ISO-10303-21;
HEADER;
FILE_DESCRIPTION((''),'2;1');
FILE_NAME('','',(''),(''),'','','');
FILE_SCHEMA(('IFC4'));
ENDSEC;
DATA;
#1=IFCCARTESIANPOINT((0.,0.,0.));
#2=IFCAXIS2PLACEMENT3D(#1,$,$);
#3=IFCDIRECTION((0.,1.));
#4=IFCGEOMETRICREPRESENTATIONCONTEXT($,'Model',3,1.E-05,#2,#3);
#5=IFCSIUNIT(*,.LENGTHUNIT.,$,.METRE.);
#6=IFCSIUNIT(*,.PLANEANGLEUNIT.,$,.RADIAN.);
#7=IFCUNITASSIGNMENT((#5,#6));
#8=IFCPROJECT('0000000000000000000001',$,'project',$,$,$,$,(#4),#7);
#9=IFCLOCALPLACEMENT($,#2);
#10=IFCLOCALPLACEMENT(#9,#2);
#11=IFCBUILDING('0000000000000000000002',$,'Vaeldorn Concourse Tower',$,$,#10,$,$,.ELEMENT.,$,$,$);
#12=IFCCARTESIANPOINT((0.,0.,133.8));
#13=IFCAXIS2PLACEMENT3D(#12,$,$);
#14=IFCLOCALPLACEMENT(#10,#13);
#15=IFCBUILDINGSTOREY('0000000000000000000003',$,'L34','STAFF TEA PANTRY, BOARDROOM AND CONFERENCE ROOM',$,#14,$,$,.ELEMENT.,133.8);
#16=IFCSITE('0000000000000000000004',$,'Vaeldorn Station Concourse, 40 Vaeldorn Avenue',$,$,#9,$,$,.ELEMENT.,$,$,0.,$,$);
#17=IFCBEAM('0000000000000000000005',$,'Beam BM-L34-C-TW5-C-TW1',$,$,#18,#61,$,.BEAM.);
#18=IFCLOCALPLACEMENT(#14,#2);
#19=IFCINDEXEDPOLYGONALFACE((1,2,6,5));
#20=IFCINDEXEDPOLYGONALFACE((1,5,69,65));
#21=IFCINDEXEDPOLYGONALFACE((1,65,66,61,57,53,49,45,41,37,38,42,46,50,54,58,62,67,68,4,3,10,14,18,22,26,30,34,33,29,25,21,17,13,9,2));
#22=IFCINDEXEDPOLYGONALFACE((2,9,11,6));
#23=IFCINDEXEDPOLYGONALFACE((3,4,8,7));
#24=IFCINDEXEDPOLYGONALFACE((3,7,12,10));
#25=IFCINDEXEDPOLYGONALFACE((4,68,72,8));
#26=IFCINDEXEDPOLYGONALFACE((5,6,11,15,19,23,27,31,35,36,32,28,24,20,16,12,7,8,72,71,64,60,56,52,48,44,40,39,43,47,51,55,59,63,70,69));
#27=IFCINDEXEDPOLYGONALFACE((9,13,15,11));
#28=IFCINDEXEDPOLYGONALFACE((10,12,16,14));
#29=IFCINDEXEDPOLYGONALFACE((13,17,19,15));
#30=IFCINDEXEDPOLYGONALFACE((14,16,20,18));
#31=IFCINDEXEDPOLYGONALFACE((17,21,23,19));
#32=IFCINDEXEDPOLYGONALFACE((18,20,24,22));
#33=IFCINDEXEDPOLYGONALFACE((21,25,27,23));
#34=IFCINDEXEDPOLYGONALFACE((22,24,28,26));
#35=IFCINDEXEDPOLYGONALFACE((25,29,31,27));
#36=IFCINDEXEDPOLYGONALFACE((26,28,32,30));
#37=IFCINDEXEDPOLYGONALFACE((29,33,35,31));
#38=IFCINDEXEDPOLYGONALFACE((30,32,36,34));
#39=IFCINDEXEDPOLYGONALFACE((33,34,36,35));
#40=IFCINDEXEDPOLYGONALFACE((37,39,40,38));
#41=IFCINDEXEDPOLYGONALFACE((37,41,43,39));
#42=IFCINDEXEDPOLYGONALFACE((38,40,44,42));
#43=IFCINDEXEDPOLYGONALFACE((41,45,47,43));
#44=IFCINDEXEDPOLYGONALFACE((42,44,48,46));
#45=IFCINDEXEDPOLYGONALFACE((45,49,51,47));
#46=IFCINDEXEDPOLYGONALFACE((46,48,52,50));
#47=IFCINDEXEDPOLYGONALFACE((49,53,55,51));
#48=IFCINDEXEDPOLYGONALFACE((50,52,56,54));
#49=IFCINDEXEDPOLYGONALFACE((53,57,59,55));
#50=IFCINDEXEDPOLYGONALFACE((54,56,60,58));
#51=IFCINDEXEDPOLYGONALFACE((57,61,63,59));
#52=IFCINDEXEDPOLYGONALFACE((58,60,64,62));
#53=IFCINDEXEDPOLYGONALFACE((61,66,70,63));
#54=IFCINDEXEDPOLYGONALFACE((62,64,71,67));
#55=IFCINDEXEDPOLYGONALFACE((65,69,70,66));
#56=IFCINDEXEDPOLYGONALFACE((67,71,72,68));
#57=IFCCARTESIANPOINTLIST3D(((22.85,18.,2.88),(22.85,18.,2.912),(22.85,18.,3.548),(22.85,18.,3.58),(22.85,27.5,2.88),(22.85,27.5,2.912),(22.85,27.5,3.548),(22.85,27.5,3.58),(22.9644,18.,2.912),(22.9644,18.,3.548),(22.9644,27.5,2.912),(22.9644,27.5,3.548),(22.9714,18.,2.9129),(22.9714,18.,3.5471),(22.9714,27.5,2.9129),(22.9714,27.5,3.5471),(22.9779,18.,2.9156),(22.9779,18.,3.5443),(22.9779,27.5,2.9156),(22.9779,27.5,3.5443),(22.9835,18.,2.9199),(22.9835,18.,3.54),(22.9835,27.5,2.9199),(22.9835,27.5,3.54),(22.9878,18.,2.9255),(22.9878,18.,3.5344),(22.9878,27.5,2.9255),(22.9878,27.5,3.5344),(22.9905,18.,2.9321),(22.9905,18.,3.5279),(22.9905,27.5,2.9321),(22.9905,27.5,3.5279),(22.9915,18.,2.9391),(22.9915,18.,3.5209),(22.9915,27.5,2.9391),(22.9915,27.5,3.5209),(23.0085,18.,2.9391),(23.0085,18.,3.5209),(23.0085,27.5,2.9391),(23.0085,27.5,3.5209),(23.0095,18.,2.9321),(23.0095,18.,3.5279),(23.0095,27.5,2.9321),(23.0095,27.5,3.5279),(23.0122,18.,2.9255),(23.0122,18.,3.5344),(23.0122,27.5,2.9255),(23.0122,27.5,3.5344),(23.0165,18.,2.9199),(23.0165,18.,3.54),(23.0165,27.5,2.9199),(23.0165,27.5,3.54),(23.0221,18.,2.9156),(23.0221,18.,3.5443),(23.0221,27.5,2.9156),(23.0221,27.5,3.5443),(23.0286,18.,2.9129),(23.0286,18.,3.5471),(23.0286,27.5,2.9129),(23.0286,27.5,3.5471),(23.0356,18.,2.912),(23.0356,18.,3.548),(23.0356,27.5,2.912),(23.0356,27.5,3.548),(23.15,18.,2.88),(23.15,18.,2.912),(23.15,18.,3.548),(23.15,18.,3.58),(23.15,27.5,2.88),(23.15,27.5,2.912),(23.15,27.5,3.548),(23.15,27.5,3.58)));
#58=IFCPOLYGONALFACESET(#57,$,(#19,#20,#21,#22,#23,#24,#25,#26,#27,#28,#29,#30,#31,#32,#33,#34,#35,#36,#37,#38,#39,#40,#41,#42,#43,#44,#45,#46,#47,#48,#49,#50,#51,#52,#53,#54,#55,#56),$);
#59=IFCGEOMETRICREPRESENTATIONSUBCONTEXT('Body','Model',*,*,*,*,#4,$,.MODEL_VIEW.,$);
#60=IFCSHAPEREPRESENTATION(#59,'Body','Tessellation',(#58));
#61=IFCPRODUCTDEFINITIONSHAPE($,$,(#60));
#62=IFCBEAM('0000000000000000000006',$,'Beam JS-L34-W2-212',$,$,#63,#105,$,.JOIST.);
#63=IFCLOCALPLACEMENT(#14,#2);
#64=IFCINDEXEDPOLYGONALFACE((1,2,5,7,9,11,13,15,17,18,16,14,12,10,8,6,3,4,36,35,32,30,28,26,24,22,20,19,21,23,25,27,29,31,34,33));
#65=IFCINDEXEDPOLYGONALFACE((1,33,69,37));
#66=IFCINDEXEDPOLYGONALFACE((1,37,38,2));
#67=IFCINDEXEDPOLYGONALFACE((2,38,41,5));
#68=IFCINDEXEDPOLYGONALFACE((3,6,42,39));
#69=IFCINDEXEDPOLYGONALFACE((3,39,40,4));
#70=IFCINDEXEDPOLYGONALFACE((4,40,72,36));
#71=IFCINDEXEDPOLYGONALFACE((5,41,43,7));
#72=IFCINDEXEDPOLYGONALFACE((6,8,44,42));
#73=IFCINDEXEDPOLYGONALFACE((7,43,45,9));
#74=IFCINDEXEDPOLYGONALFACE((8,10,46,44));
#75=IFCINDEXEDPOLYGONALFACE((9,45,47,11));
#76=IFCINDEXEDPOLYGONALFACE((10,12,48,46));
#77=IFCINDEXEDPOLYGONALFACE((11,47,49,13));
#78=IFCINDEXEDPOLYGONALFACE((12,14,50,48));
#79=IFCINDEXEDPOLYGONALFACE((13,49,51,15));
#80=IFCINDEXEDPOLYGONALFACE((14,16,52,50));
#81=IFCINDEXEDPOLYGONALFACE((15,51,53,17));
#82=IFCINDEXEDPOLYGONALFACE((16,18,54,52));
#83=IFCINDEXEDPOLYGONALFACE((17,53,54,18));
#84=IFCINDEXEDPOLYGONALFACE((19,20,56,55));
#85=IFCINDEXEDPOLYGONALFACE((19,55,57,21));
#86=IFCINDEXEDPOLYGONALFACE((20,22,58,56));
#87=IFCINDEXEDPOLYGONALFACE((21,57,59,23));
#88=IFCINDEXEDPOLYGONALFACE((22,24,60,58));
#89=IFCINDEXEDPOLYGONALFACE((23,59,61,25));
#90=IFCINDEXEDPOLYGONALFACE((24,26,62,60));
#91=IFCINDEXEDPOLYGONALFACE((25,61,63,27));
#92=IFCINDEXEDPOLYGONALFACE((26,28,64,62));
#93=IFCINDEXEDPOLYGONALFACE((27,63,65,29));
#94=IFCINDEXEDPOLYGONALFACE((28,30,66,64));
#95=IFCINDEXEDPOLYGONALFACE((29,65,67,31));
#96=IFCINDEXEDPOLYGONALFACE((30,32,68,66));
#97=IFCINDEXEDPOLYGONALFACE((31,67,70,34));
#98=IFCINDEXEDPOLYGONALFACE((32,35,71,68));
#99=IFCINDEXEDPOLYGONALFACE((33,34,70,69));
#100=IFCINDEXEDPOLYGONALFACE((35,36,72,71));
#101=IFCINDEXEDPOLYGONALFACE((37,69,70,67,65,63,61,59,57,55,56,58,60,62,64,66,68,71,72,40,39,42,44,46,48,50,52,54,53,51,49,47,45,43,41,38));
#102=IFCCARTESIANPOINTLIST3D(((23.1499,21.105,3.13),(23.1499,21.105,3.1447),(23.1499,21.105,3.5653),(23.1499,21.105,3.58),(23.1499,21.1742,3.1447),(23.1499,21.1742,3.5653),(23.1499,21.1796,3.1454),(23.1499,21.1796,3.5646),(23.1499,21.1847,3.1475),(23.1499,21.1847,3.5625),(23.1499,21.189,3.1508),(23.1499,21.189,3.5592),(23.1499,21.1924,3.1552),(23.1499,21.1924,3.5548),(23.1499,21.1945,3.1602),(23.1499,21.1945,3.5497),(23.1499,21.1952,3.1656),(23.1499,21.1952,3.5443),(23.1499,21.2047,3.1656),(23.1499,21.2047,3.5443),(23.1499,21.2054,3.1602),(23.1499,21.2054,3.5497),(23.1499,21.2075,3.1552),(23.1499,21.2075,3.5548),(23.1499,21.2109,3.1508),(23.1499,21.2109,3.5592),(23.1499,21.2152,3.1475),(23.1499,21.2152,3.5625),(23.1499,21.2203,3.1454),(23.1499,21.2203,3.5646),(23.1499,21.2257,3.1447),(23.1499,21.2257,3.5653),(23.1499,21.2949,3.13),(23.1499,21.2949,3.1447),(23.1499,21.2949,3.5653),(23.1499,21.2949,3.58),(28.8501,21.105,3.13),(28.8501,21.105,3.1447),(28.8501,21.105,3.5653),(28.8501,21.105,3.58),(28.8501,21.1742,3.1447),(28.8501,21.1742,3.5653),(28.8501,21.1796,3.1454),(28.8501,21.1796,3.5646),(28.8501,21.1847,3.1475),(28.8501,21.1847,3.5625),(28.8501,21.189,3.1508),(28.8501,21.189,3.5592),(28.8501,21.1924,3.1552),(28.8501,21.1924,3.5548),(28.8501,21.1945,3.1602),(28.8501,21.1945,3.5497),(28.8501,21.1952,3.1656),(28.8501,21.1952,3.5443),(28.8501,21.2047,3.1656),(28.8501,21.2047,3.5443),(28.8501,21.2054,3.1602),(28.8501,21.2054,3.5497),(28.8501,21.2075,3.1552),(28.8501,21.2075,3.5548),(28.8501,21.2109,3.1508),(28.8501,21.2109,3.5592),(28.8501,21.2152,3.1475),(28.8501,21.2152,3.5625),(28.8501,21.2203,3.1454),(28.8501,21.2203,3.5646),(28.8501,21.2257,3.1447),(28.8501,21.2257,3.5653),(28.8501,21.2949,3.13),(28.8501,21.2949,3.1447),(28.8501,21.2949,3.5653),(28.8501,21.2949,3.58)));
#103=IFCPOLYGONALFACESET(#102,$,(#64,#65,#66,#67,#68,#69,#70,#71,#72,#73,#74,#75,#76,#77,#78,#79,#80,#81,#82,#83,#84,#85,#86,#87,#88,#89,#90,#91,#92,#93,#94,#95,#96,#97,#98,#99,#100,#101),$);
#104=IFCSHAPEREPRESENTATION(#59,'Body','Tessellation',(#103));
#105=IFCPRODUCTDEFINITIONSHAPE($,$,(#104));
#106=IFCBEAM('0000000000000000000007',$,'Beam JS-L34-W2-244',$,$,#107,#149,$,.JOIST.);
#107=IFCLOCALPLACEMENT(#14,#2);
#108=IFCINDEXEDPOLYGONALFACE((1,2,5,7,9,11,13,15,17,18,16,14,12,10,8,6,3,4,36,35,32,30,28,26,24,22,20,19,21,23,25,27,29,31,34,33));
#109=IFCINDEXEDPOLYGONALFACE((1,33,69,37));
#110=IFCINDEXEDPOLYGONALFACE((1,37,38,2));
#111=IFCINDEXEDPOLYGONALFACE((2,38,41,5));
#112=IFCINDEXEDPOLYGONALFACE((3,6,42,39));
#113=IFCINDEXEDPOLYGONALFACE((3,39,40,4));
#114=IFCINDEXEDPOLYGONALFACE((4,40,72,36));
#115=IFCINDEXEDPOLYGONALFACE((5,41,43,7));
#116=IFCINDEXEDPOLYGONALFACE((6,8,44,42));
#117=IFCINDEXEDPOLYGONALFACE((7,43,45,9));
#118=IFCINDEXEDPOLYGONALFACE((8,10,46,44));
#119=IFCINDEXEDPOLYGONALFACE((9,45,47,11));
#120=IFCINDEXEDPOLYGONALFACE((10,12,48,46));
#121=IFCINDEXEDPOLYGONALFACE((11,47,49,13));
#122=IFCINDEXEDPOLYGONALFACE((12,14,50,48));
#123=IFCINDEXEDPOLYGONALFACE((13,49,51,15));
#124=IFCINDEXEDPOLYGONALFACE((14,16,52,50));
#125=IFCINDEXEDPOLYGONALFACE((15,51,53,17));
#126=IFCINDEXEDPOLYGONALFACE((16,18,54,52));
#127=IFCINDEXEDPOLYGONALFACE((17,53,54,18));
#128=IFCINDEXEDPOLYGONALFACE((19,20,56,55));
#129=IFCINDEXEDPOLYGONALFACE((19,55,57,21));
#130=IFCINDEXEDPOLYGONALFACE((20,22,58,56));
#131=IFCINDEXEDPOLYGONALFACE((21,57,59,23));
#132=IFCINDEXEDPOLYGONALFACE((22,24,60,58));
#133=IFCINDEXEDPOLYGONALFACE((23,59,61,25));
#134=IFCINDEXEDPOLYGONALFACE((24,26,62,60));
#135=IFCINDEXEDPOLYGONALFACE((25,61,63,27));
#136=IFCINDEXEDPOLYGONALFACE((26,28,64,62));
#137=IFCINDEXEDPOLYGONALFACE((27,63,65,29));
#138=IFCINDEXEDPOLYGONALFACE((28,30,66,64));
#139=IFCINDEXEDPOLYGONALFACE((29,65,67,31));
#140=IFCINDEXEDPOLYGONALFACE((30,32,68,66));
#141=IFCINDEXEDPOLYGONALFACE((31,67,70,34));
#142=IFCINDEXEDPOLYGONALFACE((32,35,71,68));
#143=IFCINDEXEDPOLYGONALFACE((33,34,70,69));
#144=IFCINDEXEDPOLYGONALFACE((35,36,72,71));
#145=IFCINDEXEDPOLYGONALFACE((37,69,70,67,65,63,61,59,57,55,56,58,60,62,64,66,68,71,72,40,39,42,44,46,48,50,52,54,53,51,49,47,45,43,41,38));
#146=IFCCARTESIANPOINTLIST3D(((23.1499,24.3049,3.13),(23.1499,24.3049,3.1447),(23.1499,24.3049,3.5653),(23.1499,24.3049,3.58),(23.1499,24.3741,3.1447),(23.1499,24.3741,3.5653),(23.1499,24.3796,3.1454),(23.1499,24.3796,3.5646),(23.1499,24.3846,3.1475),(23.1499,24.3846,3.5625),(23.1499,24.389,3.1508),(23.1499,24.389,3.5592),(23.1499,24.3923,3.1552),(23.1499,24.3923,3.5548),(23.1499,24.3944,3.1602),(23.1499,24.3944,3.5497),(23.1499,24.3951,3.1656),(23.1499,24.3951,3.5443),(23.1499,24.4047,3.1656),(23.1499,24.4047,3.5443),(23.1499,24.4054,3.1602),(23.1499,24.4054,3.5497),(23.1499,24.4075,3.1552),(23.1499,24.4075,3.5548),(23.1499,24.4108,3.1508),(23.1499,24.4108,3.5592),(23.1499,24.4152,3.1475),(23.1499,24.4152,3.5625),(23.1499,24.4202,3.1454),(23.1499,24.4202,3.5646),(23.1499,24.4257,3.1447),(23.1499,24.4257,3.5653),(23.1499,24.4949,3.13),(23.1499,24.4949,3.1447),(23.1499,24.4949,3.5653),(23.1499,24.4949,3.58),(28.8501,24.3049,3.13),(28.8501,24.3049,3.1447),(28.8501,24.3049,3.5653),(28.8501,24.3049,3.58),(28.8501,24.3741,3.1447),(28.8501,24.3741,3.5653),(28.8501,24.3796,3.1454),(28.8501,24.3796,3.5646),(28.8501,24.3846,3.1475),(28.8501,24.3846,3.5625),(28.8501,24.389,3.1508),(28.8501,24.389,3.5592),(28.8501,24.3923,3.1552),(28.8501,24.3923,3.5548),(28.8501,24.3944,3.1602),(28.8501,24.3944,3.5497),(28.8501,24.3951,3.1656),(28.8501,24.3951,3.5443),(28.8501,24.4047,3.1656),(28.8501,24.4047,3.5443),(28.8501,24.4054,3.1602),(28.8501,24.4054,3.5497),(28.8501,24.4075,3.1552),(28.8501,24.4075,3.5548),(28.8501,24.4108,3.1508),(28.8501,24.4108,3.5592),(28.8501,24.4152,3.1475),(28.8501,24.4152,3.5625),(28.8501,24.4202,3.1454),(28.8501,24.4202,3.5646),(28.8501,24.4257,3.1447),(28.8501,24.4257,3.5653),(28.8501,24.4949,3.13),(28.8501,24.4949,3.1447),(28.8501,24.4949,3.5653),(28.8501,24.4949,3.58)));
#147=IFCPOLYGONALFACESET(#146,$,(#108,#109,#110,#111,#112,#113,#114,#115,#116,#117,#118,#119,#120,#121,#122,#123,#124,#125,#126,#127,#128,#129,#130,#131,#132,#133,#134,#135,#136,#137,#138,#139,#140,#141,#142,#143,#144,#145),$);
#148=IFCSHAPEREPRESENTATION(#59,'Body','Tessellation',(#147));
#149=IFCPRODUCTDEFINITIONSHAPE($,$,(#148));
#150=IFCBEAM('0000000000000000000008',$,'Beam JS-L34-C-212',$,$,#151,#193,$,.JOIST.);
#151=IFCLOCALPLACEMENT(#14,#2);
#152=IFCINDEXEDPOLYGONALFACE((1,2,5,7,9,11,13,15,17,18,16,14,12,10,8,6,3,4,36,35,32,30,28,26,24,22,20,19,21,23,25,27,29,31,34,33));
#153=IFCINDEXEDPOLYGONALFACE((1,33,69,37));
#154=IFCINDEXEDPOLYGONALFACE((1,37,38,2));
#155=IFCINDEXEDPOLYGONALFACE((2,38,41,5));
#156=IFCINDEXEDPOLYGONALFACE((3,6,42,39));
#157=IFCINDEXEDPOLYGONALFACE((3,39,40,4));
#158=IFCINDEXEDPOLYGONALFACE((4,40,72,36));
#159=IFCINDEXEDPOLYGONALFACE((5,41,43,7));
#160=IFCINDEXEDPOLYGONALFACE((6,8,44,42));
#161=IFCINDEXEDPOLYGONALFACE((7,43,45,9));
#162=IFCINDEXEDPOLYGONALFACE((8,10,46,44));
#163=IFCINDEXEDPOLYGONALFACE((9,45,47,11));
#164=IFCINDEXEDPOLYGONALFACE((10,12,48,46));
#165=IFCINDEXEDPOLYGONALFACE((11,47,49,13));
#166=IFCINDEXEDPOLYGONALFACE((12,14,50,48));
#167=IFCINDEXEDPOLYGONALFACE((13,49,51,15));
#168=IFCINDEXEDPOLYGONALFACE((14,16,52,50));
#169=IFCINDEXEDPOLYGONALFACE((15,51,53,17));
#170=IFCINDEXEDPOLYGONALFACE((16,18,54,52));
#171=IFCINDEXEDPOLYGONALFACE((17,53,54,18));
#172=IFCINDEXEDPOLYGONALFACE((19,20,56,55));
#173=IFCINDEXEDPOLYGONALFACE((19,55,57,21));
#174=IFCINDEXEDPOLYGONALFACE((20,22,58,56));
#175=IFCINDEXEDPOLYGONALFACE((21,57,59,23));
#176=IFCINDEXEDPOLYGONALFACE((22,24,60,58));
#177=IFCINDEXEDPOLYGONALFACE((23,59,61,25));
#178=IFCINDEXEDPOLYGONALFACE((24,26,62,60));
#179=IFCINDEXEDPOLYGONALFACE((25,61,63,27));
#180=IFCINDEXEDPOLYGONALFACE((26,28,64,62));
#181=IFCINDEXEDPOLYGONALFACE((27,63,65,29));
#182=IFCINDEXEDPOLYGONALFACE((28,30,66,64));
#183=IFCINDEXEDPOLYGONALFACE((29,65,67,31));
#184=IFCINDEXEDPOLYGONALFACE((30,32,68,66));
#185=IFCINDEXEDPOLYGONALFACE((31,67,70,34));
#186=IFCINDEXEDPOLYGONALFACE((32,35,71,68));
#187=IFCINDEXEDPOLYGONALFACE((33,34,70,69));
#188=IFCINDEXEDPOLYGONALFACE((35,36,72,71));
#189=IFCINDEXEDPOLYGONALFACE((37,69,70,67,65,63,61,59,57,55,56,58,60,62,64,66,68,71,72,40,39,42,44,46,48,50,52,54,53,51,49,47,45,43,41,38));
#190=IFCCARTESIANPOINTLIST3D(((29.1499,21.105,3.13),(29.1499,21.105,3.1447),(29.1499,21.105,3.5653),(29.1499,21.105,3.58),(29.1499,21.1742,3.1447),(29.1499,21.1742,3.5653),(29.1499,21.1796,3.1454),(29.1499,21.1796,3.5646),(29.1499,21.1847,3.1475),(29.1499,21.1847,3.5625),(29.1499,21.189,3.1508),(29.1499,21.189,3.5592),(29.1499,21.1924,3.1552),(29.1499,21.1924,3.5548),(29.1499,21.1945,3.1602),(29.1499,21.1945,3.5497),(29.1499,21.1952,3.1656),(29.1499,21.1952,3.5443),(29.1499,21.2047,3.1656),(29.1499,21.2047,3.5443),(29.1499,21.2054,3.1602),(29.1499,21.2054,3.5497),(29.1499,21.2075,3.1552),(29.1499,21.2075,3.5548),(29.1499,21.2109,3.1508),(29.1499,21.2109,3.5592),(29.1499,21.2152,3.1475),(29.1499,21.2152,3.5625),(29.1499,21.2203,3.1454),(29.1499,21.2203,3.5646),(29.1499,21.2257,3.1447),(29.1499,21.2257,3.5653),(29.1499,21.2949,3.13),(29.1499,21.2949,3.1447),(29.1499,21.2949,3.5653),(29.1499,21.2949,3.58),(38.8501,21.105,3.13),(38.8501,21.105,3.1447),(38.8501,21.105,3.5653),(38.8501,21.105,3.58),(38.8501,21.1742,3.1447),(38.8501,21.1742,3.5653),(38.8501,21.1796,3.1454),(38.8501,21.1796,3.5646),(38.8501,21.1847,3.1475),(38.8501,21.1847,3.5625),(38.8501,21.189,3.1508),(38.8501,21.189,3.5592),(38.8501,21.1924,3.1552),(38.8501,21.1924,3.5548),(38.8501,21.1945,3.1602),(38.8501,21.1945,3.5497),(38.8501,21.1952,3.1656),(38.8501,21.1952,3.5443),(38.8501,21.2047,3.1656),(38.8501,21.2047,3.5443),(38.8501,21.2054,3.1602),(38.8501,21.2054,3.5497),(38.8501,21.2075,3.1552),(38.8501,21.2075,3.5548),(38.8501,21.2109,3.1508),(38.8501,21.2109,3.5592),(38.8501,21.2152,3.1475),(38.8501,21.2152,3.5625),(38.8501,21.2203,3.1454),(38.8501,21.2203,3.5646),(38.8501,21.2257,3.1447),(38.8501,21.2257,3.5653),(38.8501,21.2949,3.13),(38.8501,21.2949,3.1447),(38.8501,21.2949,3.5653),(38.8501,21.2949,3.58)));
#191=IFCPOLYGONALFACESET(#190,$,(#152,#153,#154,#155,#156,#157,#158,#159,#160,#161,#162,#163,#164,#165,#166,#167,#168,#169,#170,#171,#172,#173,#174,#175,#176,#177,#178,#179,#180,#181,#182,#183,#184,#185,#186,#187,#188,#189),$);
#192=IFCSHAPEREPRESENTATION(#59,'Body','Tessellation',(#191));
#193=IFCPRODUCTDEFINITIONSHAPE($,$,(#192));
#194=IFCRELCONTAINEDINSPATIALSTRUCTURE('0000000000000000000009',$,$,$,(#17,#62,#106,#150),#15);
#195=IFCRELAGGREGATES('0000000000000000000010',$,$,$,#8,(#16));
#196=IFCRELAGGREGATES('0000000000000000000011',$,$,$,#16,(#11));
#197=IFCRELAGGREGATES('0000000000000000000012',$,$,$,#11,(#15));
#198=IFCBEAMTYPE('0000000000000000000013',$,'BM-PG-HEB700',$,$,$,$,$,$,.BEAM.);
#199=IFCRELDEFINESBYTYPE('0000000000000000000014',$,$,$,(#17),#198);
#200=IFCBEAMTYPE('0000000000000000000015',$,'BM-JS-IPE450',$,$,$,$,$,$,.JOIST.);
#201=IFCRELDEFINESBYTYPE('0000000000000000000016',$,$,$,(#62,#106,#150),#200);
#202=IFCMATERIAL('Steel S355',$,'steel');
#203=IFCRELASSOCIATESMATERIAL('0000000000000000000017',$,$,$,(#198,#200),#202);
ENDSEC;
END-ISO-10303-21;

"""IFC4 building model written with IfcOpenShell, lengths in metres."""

from ifc_helpers import new_model, si_unit, direction, frame, origin, origin_2d, place, context, subcontext, project, spatial, i_section, extrude, source, transform, mapped, material, material_profile, profile_set, type_object, element, save


model = new_model("IFC4")

# Units and contexts
model_context = context("Model", 3, precision=1e-05, world=origin(), true_north=direction((0.0, 1.0)))
body_context = subcontext(model_context, "Body", "Model", "MODEL_VIEW")
ifc_project = project(units=[si_unit("LENGTHUNIT", "METRE"), si_unit("PLANEANGLEUNIT", "RADIAN")], contexts=[model_context])

# Site, building, storey
site_placement = place(None, origin())
site = spatial("IfcSite", under=ifc_project, at=site_placement, Name="Vaeldorn Station Concourse, 40 Vaeldorn Avenue", CompositionType="ELEMENT", RefElevation=0.0)
building_placement = place(site_placement, origin())
building = spatial("IfcBuilding", under=site, at=building_placement, Name="Vaeldorn Concourse Tower", CompositionType="ELEMENT")
storey_placement = place(building_placement, frame((0.0, 0.0, 133.8)))
storey = spatial("IfcBuildingStorey", under=building, at=storey_placement, Name="L34", Description="STAFF TEA PANTRY, BOARDROOM AND CONFERENCE ROOM", CompositionType="ELEMENT", Elevation=133.8)

# Beams
ifc_material_1 = material(Name="Steel S355", Category="steel")
ifc_material_profile_1 = material_profile(ifc_material_1, i_section(OverallWidth=0.3, OverallDepth=0.7, WebThickness=0.0171, FlangeThickness=0.032, FilletRadius=0.0271, at=origin_2d()), Name="HEB 700")
ifc_profile_set_1 = profile_set([ifc_material_profile_1], Name="Steel S355")
beam_type_1 = type_object("IfcBeamType", Name="BM-PG-HEB700", PredefinedType="BEAM", material=ifc_profile_set_1)
shared_shape_1 = source(origin(), body_context, "Body", "SweptSolid", [
    extrude(i_section(OverallWidth=0.3, OverallDepth=0.7, WebThickness=0.0171, FlangeThickness=0.032, FilletRadius=0.0271, at=origin_2d()), origin(), (0.0, 0.0, 1.0), 9.5),
])
beam_1_placement = place(storey_placement, frame((23.0, 18.0, 3.23), z_axis=(0.0, 1.0, 0.0), x_axis=(-1.0, 0.0, 0.0)))
element("IfcBeam", 1, at=beam_1_placement, inside=storey, type_object=beam_type_1, Name="Beam BM-L34-C-TW5-C-TW1", PredefinedType="BEAM", context=body_context, shape_type="MappedRepresentation", body=[
    mapped(shared_shape_1, transform((0.0, 0.0, 0.0), scale=1.0)),
])
ifc_material_profile_2 = material_profile(ifc_material_1, i_section(OverallWidth=0.1899, OverallDepth=0.45, WebThickness=0.0095, FlangeThickness=0.0146, FilletRadius=0.021, at=origin_2d()), Name="IPE 450")
ifc_profile_set_2 = profile_set([ifc_material_profile_2], Name="Steel S355")
beam_type_2 = type_object("IfcBeamType", Name="BM-JS-IPE450", PredefinedType="JOIST", material=ifc_profile_set_2)
shared_shape_2 = source(origin(), body_context, "Body", "SweptSolid", [
    extrude(i_section(OverallWidth=0.1899, OverallDepth=0.45, WebThickness=0.0095, FlangeThickness=0.0146, FilletRadius=0.021, at=origin_2d()), origin(), (0.0, 0.0, 1.0), 5.7002),
])
for number, where, z_axis, x_axis, name in (
    (2, (23.1499, 21.2, 3.355), (1.0, 0.0, 0.0), (0.0, 1.0, 0.0), "Beam JS-L34-W2-212"),
    (3, (23.1499, 24.3999, 3.355), (1.0, 0.0, 0.0), (0.0, 1.0, 0.0), "Beam JS-L34-W2-244"),
):
    element("IfcBeam", number, at=place(storey_placement, frame(where, z_axis=z_axis, x_axis=x_axis)), inside=storey, type_object=beam_type_2, Name=name, PredefinedType="JOIST", context=body_context, shape_type="MappedRepresentation", body=[
        mapped(shared_shape_2, transform((0.0, 0.0, 0.0), scale=1.0)),
    ])
shared_shape_3 = source(origin(), body_context, "Body", "SweptSolid", [
    extrude(i_section(OverallWidth=0.1899, OverallDepth=0.45, WebThickness=0.0095, FlangeThickness=0.0146, FilletRadius=0.021, at=origin_2d()), origin(), (0.0, 0.0, 1.0), 9.7002),
])
for number, where, z_axis, x_axis, name in (
    (4, (29.1499, 21.2, 3.355), (1.0, 0.0, 0.0), (0.0, 1.0, 0.0), "Beam JS-L34-C-212"),
):
    element("IfcBeam", number, at=place(storey_placement, frame(where, z_axis=z_axis, x_axis=x_axis)), inside=storey, type_object=beam_type_2, Name=name, PredefinedType="JOIST", context=body_context, shape_type="MappedRepresentation", body=[
        mapped(shared_shape_3, transform((0.0, 0.0, 0.0), scale=1.0)),
    ])

save(model, "model.ifc")
